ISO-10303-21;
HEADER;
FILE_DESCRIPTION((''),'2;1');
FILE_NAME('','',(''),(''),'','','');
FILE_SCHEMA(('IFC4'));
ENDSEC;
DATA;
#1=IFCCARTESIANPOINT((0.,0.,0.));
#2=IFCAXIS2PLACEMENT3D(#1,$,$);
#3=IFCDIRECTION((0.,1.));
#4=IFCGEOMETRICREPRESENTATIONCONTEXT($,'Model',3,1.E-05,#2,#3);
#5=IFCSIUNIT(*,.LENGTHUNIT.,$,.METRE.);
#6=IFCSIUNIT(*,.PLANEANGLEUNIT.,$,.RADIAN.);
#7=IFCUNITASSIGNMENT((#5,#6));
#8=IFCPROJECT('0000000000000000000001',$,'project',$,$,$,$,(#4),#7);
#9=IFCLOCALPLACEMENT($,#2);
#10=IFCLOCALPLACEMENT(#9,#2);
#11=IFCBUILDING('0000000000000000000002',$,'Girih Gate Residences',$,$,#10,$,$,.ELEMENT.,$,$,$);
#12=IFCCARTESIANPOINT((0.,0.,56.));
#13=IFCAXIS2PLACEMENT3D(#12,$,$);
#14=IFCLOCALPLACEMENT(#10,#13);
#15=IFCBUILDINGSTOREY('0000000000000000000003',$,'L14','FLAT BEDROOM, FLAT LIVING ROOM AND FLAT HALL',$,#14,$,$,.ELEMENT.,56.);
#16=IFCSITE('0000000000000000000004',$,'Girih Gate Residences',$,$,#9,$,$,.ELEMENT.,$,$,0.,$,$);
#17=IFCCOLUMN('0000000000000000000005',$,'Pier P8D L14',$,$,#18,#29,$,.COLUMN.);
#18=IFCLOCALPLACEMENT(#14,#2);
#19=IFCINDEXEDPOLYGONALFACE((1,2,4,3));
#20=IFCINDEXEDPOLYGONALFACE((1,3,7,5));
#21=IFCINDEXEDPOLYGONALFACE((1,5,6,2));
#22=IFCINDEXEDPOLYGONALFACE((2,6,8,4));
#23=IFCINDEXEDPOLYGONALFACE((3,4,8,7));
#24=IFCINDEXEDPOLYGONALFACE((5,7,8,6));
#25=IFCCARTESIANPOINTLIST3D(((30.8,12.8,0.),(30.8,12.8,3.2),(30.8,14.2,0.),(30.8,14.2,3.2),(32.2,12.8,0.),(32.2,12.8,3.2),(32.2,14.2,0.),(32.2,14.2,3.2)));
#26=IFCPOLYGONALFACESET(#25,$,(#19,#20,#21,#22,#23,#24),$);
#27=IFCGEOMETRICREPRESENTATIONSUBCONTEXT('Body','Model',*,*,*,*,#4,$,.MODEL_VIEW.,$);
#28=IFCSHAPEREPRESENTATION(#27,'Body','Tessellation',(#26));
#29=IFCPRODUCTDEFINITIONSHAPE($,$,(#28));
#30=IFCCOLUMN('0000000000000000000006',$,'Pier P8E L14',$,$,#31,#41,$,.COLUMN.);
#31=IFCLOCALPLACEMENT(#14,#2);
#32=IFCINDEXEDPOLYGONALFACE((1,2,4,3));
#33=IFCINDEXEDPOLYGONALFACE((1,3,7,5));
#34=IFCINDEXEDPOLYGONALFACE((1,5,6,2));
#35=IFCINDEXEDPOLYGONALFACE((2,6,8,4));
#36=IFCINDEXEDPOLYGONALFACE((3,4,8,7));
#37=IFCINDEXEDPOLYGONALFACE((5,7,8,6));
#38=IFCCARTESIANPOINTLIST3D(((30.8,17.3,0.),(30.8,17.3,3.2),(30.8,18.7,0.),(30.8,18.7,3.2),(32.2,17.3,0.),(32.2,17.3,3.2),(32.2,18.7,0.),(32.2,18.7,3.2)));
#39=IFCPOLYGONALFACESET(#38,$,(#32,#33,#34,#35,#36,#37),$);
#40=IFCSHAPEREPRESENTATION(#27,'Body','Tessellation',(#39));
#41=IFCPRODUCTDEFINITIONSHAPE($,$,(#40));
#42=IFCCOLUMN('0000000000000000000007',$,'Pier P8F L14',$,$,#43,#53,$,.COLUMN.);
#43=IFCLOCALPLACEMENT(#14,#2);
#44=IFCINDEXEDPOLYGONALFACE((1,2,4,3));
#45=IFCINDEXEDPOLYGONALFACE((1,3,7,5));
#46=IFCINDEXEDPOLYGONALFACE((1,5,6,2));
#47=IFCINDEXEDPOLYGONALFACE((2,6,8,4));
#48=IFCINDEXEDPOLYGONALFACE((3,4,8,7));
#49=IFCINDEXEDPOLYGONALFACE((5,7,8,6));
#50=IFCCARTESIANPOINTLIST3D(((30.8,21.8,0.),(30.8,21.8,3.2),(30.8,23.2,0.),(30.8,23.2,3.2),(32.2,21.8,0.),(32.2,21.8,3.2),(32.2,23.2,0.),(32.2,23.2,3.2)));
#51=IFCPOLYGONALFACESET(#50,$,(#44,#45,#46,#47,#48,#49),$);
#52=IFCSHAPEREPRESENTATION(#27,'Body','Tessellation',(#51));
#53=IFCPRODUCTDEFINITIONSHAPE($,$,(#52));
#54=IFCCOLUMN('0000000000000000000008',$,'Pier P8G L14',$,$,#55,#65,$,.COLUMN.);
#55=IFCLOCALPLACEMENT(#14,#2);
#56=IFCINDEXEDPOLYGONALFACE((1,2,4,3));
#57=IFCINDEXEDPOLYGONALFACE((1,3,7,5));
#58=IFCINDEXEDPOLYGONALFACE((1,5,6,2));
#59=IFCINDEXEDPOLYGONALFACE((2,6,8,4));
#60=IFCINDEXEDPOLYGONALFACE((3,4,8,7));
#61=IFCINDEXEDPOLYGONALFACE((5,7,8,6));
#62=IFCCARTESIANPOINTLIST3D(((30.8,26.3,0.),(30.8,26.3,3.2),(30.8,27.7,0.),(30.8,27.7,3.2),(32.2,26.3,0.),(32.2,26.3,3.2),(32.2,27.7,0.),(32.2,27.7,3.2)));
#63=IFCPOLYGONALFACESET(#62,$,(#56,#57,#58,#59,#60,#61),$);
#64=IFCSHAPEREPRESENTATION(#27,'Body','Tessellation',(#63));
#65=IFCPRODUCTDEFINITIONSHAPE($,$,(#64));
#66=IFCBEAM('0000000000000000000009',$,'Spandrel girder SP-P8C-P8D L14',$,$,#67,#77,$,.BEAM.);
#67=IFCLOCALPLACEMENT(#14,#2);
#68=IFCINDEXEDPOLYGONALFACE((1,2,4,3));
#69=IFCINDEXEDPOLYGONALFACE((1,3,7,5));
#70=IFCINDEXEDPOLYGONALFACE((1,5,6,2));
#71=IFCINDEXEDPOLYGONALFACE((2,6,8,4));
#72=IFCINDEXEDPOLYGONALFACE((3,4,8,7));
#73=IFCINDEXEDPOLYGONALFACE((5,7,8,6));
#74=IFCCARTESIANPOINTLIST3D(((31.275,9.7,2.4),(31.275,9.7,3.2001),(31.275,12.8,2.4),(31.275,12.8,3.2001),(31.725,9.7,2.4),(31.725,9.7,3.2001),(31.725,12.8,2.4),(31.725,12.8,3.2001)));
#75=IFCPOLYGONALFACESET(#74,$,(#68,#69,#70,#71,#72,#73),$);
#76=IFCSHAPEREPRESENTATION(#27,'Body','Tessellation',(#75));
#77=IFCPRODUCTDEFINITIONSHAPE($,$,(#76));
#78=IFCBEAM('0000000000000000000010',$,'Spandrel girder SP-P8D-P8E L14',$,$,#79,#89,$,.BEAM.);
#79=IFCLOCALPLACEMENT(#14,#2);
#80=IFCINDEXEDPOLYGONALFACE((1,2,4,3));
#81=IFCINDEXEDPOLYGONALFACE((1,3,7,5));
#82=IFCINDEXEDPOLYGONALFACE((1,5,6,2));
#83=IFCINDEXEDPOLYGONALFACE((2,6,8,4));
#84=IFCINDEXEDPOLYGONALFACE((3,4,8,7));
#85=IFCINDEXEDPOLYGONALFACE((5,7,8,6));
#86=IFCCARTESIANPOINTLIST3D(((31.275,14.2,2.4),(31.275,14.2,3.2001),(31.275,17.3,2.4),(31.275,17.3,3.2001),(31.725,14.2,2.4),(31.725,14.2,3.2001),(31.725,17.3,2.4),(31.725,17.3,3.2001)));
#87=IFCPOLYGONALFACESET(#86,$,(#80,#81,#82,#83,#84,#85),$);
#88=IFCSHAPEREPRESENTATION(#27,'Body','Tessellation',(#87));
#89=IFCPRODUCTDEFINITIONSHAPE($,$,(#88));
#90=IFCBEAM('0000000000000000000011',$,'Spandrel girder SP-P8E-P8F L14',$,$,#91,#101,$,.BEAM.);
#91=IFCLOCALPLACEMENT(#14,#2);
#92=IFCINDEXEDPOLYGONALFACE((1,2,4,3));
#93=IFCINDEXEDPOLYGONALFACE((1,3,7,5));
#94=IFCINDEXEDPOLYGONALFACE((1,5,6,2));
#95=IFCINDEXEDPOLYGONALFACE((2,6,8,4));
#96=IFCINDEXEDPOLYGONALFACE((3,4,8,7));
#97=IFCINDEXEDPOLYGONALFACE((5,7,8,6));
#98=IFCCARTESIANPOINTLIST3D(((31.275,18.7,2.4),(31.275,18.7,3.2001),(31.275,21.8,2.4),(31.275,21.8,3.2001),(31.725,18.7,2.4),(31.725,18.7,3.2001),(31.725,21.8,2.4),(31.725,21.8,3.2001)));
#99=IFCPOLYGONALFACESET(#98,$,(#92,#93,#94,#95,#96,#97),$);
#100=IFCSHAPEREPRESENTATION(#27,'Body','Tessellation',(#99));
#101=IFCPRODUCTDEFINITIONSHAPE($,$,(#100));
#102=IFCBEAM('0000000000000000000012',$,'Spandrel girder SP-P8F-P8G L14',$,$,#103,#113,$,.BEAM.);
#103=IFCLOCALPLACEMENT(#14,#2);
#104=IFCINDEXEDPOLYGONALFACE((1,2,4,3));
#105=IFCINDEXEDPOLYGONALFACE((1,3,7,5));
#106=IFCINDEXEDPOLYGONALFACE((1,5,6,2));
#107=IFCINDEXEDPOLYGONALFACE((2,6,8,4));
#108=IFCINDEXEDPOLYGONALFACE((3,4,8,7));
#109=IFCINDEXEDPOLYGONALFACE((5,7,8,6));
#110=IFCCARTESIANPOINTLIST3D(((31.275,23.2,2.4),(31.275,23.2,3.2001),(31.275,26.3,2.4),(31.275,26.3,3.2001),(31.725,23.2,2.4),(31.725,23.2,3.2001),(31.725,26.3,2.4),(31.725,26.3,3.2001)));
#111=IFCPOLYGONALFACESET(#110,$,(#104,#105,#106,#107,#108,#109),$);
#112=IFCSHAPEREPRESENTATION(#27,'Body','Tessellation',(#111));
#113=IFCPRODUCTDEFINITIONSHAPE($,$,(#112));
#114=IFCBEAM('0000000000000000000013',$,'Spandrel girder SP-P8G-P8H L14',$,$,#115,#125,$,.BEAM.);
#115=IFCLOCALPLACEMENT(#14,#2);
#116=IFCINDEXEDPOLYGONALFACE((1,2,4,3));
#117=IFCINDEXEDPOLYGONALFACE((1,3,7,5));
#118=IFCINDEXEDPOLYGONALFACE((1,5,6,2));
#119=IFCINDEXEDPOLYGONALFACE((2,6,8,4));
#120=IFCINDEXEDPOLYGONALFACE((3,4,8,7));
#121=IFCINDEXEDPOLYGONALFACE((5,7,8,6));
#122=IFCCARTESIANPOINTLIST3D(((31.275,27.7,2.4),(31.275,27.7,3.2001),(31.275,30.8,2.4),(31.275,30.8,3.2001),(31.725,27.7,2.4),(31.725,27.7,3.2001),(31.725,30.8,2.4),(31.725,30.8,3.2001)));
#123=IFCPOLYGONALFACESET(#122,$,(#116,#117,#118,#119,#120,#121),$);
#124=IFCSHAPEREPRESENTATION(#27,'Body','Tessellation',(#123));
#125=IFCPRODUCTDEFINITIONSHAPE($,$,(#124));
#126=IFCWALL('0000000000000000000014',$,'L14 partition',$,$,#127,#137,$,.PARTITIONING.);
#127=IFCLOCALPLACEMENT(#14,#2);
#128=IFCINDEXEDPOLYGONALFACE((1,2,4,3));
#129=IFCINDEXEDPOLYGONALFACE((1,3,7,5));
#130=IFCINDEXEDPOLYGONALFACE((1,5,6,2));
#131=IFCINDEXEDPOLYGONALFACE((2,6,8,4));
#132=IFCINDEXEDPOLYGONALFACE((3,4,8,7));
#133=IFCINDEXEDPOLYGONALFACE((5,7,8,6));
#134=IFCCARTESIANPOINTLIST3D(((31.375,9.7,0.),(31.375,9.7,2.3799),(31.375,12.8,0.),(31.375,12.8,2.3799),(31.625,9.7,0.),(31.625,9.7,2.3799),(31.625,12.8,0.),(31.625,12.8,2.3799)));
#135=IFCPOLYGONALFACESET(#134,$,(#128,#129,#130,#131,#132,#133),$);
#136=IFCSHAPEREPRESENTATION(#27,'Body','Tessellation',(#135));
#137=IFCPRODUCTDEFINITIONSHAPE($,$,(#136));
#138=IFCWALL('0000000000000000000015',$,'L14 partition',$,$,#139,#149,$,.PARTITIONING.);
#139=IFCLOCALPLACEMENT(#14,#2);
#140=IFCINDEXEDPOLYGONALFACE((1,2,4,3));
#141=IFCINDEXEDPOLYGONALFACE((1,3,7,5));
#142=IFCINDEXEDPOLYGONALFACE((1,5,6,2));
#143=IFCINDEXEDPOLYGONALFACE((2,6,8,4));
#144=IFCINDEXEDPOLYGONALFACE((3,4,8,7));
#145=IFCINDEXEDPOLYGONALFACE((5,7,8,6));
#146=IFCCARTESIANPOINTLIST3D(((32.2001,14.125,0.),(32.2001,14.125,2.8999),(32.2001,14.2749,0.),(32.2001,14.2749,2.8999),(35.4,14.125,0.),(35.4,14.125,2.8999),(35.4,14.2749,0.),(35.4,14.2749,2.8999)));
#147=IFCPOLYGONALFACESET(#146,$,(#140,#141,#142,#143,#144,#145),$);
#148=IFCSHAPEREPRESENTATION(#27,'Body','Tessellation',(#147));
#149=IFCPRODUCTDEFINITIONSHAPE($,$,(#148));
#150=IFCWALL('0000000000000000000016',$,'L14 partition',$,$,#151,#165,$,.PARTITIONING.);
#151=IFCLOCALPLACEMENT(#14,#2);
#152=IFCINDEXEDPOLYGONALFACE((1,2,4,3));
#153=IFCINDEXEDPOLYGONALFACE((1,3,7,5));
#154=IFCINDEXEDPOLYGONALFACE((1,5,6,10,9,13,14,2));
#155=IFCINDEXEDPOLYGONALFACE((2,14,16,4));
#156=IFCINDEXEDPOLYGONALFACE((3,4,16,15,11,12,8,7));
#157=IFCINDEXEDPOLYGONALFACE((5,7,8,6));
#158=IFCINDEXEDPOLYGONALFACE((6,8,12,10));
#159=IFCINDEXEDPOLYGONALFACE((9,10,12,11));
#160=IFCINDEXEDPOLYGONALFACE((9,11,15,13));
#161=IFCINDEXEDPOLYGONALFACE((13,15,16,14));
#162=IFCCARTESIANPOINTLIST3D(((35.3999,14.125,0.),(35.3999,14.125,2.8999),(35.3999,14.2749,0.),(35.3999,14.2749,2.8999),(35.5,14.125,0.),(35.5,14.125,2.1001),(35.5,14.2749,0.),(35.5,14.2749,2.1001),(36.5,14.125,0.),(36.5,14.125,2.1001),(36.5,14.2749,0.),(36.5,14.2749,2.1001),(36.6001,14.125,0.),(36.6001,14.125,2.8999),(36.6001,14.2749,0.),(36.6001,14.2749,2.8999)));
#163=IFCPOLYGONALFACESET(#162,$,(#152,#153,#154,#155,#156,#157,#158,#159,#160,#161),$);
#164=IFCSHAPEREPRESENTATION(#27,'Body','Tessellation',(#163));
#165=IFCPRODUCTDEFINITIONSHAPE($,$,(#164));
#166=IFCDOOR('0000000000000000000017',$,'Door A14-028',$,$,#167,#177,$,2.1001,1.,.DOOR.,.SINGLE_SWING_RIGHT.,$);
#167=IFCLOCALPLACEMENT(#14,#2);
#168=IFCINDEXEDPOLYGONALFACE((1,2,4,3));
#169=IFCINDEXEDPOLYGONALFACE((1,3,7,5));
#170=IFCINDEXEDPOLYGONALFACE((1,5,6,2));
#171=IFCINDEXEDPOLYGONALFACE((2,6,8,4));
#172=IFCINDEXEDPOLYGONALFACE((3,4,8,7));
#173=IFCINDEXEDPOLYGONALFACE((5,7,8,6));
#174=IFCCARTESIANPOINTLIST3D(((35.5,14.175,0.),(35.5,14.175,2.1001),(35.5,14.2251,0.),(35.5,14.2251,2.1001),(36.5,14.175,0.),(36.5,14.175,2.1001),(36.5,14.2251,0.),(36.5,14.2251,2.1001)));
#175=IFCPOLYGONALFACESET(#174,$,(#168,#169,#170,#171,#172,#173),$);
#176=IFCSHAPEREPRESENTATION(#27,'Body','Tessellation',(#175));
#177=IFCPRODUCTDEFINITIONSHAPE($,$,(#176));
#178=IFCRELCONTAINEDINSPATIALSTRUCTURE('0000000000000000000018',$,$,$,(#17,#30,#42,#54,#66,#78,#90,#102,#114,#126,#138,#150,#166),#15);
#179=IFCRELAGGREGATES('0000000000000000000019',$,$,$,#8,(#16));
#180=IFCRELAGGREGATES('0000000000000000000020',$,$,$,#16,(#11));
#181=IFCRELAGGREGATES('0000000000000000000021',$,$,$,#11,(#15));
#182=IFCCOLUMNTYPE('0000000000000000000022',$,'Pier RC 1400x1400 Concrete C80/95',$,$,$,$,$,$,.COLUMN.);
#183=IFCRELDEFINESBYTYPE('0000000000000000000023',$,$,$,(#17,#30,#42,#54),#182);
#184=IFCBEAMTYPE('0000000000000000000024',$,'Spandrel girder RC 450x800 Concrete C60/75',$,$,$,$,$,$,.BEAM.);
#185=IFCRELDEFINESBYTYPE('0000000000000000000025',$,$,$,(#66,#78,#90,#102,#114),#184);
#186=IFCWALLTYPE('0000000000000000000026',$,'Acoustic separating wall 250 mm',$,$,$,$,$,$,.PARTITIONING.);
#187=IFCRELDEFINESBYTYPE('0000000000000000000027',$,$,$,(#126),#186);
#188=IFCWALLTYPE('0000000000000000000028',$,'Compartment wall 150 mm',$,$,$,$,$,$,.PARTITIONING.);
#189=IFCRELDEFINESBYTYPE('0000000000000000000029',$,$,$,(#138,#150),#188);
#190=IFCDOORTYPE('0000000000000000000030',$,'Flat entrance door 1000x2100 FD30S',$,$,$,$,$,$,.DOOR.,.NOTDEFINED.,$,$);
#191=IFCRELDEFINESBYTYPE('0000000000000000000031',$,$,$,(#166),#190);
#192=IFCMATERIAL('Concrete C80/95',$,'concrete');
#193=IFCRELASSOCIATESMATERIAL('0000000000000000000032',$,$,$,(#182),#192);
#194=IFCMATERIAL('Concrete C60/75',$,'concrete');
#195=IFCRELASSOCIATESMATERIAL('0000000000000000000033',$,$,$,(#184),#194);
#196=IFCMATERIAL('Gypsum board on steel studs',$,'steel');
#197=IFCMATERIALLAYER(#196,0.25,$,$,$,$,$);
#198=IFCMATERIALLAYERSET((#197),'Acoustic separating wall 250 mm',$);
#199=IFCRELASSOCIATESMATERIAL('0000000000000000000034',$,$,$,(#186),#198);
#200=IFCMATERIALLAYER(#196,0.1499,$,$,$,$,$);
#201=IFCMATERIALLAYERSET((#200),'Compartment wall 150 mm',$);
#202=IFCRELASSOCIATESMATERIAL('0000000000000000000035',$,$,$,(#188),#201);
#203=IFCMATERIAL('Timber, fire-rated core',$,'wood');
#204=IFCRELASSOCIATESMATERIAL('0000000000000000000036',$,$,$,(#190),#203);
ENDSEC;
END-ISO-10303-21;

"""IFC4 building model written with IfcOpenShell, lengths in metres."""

from ifc_helpers import new_model, si_unit, direction, frame, frame_2d, origin, origin_2d, place, context, subcontext, project, spatial, rectangle, extrude, material, layer, layer_set, material_profile, profile_set, type_object, element, fill, save


model = new_model("IFC4")

# Units and contexts
model_context = context("Model", 3, precision=1e-05, world=origin(), true_north=direction((0.0, 1.0)))
body_context = subcontext(model_context, "Body", "Model", "MODEL_VIEW")
ifc_project = project(units=[si_unit("LENGTHUNIT", "METRE"), si_unit("PLANEANGLEUNIT", "RADIAN")], contexts=[model_context])

# Site, building, storey
site_placement = place(None, origin())
site = spatial("IfcSite", under=ifc_project, at=site_placement, Name="Girih Gate Residences", CompositionType="ELEMENT", RefElevation=0.0)
building_placement = place(site_placement, origin())
building = spatial("IfcBuilding", under=site, at=building_placement, Name="Girih Gate Residences", CompositionType="ELEMENT")
storey_placement = place(building_placement, frame((0.0, 0.0, 56.0)))
storey = spatial("IfcBuildingStorey", under=building, at=storey_placement, Name="L14", Description="FLAT BEDROOM, FLAT LIVING ROOM AND FLAT HALL", CompositionType="ELEMENT", Elevation=56.0)

# Columns
ifc_material_1 = material(Name="Concrete C80/95", Category="concrete")
ifc_material_profile_1 = material_profile(ifc_material_1, rectangle(XDim=1.3999, YDim=1.3999, at=origin_2d()))
ifc_profile_set_1 = profile_set([ifc_material_profile_1], Name="Concrete C80/95")
column_type = type_object("IfcColumnType", Name="Pier RC 1400x1400 Concrete C80/95", PredefinedType="COLUMN", material=ifc_profile_set_1)
for number, where, z_axis, x_axis, name in (
    (1, (31.5, 13.5, 0.0), (0.0, 0.0, 1.0), (1.0, 0.0, 0.0), "Pier P8D L14"),
    (2, (31.5, 18.0, 0.0), (0.0, 0.0, 1.0), (1.0, 0.0, 0.0), "Pier P8E L14"),
    (3, (31.5, 22.5, 0.0), (0.0, 0.0, 1.0), (1.0, 0.0, 0.0), "Pier P8F L14"),
    (4, (31.5, 27.0, 0.0), (0.0, 0.0, 1.0), (1.0, 0.0, 0.0), "Pier P8G L14"),
):
    element("IfcColumn", number, at=place(storey_placement, frame(where, z_axis=z_axis, x_axis=x_axis)), inside=storey, type_object=column_type, Name=name, PredefinedType="COLUMN", context=body_context, shape_type="SweptSolid", body=[
        extrude(rectangle(XDim=1.3999, YDim=1.3999, at=origin_2d()), origin(), (0.0, 0.0, 1.0), 3.2),
    ])

# Beams
ifc_material_2 = material(Name="Concrete C60/75", Category="concrete")
ifc_material_profile_2 = material_profile(ifc_material_2, rectangle(XDim=0.45, YDim=0.8, at=origin_2d()))
ifc_profile_set_2 = profile_set([ifc_material_profile_2], Name="Concrete C60/75")
beam_type = type_object("IfcBeamType", Name="Spandrel girder RC 450x800 Concrete C60/75", PredefinedType="BEAM", material=ifc_profile_set_2)
for number, where, z_axis, x_axis, name in (
    (5, (31.5, 9.7, 2.8), (0.0, 1.0, 0.0), (-1.0, 0.0, 0.0), "Spandrel girder SP-P8C-P8D L14"),
    (6, (31.5, 14.2, 2.8), (0.0, 1.0, 0.0), (-1.0, 0.0, 0.0), "Spandrel girder SP-P8D-P8E L14"),
    (7, (31.5, 18.7, 2.8), (0.0, 1.0, 0.0), (-1.0, 0.0, 0.0), "Spandrel girder SP-P8E-P8F L14"),
    (8, (31.5, 23.2, 2.8), (0.0, 1.0, 0.0), (-1.0, 0.0, 0.0), "Spandrel girder SP-P8F-P8G L14"),
    (9, (31.5, 27.7, 2.8), (0.0, 1.0, 0.0), (-1.0, 0.0, 0.0), "Spandrel girder SP-P8G-P8H L14"),
):
    element("IfcBeam", number, at=place(storey_placement, frame(where, z_axis=z_axis, x_axis=x_axis)), inside=storey, type_object=beam_type, Name=name, PredefinedType="BEAM", context=body_context, shape_type="SweptSolid", body=[
        extrude(rectangle(XDim=0.45, YDim=0.8, at=origin_2d()), origin(), (0.0, 0.0, 1.0), 3.1001),
    ])

# Walls
ifc_material_3 = material(Name="Gypsum board on steel studs", Category="steel")
ifc_layer_1 = layer(ifc_material_3, 0.25)
ifc_layer_set_1 = layer_set([ifc_layer_1], Name="Acoustic separating wall 250 mm")
wall_type_1 = type_object("IfcWallType", Name="Acoustic separating wall 250 mm", PredefinedType="PARTITIONING", material=ifc_layer_set_1)
wall_1_placement = place(storey_placement, frame((31.5, 9.7, 0.0), z_axis=(0.0, 0.0, 1.0), x_axis=(0.0, 1.0, 0.0)))
element("IfcWall", 10, at=wall_1_placement, inside=storey, type_object=wall_type_1, Name="L14 partition", PredefinedType="PARTITIONING", context=body_context, shape_type="SweptSolid", body=[
    extrude(rectangle(XDim=3.1001, YDim=0.25, at=frame_2d((1.55, 0.0))), origin(), (0.0, 0.0, 1.0), 2.3799),
])
ifc_layer_2 = layer(ifc_material_3, 0.1499)
ifc_layer_set_2 = layer_set([ifc_layer_2], Name="Compartment wall 150 mm")
wall_type_2 = type_object("IfcWallType", Name="Compartment wall 150 mm", PredefinedType="PARTITIONING", material=ifc_layer_set_2)
wall_2_placement = place(storey_placement, frame((32.2, 14.2, 0.0), z_axis=(0.0, 0.0, 1.0), x_axis=(1.0, 0.0, 0.0)))
element("IfcWall", 11, at=wall_2_placement, inside=storey, type_object=wall_type_2, Name="L14 partition", PredefinedType="PARTITIONING", context=body_context, shape_type="SweptSolid", body=[
    extrude(rectangle(XDim=3.2, YDim=0.1499, at=frame_2d((1.6001, 0.0))), origin(), (0.0, 0.0, 1.0), 2.8999),
])

# Wall, opening, door
wall_3_placement = place(storey_placement, frame((36.6001, 14.2, 0.0), z_axis=(0.0, 0.0, 1.0), x_axis=(-1.0, 0.0, 0.0)))
wall_3 = element("IfcWall", 12, at=wall_3_placement, inside=storey, type_object=wall_type_2, Name="L14 partition", PredefinedType="PARTITIONING", context=body_context, shape_type="SweptSolid", body=[
    extrude(rectangle(XDim=1.2002, YDim=0.1499, at=frame_2d((0.6001, 0.0))), origin(), (0.0, 0.0, 1.0), 2.8999),
])
opening_1_placement = place(wall_3_placement, frame((0.1001, 0.0, 0.0)))
opening_1 = element("IfcOpeningElement", 13, at=opening_1_placement, cuts=wall_3, PredefinedType="OPENING", context=body_context, shape_type="SweptSolid", body=[
    extrude(rectangle(XDim=1.0, YDim=2.1001, at=frame_2d((0.5, 1.05))), frame((0.0, 0.085, 0.0), z_axis=(0.0, -1.0, 0.0), x_axis=(1.0, 0.0, 0.0)), (0.0, 0.0, 1.0), 0.1699),
])
ifc_material_4 = material(Name="Timber, fire-rated core", Category="wood")
door_type_1 = type_object("IfcDoorType", Name="Flat entrance door 1000x2100 FD30S", OperationType="NOTDEFINED", PredefinedType="DOOR", material=ifc_material_4)
door_1_placement = place(opening_1_placement, origin())
door_1 = element("IfcDoor", 14, at=door_1_placement, inside=storey, type_object=door_type_1, Name="Door A14-028", OperationType="SINGLE_SWING_RIGHT", OverallHeight=2.1001, OverallWidth=1.0, PredefinedType="DOOR", context=body_context, shape_type="SweptSolid", body=[
    extrude(rectangle(XDim=1.0, YDim=2.1001, at=frame_2d((0.5, 1.05))), frame((0.0, 0.0249, 0.0), z_axis=(0.0, -1.0, 0.0), x_axis=(1.0, 0.0, 0.0)), (0.0, 0.0, 1.0), 0.05),
])
fill(opening_1, door_1)

save(model, "model.ifc")
